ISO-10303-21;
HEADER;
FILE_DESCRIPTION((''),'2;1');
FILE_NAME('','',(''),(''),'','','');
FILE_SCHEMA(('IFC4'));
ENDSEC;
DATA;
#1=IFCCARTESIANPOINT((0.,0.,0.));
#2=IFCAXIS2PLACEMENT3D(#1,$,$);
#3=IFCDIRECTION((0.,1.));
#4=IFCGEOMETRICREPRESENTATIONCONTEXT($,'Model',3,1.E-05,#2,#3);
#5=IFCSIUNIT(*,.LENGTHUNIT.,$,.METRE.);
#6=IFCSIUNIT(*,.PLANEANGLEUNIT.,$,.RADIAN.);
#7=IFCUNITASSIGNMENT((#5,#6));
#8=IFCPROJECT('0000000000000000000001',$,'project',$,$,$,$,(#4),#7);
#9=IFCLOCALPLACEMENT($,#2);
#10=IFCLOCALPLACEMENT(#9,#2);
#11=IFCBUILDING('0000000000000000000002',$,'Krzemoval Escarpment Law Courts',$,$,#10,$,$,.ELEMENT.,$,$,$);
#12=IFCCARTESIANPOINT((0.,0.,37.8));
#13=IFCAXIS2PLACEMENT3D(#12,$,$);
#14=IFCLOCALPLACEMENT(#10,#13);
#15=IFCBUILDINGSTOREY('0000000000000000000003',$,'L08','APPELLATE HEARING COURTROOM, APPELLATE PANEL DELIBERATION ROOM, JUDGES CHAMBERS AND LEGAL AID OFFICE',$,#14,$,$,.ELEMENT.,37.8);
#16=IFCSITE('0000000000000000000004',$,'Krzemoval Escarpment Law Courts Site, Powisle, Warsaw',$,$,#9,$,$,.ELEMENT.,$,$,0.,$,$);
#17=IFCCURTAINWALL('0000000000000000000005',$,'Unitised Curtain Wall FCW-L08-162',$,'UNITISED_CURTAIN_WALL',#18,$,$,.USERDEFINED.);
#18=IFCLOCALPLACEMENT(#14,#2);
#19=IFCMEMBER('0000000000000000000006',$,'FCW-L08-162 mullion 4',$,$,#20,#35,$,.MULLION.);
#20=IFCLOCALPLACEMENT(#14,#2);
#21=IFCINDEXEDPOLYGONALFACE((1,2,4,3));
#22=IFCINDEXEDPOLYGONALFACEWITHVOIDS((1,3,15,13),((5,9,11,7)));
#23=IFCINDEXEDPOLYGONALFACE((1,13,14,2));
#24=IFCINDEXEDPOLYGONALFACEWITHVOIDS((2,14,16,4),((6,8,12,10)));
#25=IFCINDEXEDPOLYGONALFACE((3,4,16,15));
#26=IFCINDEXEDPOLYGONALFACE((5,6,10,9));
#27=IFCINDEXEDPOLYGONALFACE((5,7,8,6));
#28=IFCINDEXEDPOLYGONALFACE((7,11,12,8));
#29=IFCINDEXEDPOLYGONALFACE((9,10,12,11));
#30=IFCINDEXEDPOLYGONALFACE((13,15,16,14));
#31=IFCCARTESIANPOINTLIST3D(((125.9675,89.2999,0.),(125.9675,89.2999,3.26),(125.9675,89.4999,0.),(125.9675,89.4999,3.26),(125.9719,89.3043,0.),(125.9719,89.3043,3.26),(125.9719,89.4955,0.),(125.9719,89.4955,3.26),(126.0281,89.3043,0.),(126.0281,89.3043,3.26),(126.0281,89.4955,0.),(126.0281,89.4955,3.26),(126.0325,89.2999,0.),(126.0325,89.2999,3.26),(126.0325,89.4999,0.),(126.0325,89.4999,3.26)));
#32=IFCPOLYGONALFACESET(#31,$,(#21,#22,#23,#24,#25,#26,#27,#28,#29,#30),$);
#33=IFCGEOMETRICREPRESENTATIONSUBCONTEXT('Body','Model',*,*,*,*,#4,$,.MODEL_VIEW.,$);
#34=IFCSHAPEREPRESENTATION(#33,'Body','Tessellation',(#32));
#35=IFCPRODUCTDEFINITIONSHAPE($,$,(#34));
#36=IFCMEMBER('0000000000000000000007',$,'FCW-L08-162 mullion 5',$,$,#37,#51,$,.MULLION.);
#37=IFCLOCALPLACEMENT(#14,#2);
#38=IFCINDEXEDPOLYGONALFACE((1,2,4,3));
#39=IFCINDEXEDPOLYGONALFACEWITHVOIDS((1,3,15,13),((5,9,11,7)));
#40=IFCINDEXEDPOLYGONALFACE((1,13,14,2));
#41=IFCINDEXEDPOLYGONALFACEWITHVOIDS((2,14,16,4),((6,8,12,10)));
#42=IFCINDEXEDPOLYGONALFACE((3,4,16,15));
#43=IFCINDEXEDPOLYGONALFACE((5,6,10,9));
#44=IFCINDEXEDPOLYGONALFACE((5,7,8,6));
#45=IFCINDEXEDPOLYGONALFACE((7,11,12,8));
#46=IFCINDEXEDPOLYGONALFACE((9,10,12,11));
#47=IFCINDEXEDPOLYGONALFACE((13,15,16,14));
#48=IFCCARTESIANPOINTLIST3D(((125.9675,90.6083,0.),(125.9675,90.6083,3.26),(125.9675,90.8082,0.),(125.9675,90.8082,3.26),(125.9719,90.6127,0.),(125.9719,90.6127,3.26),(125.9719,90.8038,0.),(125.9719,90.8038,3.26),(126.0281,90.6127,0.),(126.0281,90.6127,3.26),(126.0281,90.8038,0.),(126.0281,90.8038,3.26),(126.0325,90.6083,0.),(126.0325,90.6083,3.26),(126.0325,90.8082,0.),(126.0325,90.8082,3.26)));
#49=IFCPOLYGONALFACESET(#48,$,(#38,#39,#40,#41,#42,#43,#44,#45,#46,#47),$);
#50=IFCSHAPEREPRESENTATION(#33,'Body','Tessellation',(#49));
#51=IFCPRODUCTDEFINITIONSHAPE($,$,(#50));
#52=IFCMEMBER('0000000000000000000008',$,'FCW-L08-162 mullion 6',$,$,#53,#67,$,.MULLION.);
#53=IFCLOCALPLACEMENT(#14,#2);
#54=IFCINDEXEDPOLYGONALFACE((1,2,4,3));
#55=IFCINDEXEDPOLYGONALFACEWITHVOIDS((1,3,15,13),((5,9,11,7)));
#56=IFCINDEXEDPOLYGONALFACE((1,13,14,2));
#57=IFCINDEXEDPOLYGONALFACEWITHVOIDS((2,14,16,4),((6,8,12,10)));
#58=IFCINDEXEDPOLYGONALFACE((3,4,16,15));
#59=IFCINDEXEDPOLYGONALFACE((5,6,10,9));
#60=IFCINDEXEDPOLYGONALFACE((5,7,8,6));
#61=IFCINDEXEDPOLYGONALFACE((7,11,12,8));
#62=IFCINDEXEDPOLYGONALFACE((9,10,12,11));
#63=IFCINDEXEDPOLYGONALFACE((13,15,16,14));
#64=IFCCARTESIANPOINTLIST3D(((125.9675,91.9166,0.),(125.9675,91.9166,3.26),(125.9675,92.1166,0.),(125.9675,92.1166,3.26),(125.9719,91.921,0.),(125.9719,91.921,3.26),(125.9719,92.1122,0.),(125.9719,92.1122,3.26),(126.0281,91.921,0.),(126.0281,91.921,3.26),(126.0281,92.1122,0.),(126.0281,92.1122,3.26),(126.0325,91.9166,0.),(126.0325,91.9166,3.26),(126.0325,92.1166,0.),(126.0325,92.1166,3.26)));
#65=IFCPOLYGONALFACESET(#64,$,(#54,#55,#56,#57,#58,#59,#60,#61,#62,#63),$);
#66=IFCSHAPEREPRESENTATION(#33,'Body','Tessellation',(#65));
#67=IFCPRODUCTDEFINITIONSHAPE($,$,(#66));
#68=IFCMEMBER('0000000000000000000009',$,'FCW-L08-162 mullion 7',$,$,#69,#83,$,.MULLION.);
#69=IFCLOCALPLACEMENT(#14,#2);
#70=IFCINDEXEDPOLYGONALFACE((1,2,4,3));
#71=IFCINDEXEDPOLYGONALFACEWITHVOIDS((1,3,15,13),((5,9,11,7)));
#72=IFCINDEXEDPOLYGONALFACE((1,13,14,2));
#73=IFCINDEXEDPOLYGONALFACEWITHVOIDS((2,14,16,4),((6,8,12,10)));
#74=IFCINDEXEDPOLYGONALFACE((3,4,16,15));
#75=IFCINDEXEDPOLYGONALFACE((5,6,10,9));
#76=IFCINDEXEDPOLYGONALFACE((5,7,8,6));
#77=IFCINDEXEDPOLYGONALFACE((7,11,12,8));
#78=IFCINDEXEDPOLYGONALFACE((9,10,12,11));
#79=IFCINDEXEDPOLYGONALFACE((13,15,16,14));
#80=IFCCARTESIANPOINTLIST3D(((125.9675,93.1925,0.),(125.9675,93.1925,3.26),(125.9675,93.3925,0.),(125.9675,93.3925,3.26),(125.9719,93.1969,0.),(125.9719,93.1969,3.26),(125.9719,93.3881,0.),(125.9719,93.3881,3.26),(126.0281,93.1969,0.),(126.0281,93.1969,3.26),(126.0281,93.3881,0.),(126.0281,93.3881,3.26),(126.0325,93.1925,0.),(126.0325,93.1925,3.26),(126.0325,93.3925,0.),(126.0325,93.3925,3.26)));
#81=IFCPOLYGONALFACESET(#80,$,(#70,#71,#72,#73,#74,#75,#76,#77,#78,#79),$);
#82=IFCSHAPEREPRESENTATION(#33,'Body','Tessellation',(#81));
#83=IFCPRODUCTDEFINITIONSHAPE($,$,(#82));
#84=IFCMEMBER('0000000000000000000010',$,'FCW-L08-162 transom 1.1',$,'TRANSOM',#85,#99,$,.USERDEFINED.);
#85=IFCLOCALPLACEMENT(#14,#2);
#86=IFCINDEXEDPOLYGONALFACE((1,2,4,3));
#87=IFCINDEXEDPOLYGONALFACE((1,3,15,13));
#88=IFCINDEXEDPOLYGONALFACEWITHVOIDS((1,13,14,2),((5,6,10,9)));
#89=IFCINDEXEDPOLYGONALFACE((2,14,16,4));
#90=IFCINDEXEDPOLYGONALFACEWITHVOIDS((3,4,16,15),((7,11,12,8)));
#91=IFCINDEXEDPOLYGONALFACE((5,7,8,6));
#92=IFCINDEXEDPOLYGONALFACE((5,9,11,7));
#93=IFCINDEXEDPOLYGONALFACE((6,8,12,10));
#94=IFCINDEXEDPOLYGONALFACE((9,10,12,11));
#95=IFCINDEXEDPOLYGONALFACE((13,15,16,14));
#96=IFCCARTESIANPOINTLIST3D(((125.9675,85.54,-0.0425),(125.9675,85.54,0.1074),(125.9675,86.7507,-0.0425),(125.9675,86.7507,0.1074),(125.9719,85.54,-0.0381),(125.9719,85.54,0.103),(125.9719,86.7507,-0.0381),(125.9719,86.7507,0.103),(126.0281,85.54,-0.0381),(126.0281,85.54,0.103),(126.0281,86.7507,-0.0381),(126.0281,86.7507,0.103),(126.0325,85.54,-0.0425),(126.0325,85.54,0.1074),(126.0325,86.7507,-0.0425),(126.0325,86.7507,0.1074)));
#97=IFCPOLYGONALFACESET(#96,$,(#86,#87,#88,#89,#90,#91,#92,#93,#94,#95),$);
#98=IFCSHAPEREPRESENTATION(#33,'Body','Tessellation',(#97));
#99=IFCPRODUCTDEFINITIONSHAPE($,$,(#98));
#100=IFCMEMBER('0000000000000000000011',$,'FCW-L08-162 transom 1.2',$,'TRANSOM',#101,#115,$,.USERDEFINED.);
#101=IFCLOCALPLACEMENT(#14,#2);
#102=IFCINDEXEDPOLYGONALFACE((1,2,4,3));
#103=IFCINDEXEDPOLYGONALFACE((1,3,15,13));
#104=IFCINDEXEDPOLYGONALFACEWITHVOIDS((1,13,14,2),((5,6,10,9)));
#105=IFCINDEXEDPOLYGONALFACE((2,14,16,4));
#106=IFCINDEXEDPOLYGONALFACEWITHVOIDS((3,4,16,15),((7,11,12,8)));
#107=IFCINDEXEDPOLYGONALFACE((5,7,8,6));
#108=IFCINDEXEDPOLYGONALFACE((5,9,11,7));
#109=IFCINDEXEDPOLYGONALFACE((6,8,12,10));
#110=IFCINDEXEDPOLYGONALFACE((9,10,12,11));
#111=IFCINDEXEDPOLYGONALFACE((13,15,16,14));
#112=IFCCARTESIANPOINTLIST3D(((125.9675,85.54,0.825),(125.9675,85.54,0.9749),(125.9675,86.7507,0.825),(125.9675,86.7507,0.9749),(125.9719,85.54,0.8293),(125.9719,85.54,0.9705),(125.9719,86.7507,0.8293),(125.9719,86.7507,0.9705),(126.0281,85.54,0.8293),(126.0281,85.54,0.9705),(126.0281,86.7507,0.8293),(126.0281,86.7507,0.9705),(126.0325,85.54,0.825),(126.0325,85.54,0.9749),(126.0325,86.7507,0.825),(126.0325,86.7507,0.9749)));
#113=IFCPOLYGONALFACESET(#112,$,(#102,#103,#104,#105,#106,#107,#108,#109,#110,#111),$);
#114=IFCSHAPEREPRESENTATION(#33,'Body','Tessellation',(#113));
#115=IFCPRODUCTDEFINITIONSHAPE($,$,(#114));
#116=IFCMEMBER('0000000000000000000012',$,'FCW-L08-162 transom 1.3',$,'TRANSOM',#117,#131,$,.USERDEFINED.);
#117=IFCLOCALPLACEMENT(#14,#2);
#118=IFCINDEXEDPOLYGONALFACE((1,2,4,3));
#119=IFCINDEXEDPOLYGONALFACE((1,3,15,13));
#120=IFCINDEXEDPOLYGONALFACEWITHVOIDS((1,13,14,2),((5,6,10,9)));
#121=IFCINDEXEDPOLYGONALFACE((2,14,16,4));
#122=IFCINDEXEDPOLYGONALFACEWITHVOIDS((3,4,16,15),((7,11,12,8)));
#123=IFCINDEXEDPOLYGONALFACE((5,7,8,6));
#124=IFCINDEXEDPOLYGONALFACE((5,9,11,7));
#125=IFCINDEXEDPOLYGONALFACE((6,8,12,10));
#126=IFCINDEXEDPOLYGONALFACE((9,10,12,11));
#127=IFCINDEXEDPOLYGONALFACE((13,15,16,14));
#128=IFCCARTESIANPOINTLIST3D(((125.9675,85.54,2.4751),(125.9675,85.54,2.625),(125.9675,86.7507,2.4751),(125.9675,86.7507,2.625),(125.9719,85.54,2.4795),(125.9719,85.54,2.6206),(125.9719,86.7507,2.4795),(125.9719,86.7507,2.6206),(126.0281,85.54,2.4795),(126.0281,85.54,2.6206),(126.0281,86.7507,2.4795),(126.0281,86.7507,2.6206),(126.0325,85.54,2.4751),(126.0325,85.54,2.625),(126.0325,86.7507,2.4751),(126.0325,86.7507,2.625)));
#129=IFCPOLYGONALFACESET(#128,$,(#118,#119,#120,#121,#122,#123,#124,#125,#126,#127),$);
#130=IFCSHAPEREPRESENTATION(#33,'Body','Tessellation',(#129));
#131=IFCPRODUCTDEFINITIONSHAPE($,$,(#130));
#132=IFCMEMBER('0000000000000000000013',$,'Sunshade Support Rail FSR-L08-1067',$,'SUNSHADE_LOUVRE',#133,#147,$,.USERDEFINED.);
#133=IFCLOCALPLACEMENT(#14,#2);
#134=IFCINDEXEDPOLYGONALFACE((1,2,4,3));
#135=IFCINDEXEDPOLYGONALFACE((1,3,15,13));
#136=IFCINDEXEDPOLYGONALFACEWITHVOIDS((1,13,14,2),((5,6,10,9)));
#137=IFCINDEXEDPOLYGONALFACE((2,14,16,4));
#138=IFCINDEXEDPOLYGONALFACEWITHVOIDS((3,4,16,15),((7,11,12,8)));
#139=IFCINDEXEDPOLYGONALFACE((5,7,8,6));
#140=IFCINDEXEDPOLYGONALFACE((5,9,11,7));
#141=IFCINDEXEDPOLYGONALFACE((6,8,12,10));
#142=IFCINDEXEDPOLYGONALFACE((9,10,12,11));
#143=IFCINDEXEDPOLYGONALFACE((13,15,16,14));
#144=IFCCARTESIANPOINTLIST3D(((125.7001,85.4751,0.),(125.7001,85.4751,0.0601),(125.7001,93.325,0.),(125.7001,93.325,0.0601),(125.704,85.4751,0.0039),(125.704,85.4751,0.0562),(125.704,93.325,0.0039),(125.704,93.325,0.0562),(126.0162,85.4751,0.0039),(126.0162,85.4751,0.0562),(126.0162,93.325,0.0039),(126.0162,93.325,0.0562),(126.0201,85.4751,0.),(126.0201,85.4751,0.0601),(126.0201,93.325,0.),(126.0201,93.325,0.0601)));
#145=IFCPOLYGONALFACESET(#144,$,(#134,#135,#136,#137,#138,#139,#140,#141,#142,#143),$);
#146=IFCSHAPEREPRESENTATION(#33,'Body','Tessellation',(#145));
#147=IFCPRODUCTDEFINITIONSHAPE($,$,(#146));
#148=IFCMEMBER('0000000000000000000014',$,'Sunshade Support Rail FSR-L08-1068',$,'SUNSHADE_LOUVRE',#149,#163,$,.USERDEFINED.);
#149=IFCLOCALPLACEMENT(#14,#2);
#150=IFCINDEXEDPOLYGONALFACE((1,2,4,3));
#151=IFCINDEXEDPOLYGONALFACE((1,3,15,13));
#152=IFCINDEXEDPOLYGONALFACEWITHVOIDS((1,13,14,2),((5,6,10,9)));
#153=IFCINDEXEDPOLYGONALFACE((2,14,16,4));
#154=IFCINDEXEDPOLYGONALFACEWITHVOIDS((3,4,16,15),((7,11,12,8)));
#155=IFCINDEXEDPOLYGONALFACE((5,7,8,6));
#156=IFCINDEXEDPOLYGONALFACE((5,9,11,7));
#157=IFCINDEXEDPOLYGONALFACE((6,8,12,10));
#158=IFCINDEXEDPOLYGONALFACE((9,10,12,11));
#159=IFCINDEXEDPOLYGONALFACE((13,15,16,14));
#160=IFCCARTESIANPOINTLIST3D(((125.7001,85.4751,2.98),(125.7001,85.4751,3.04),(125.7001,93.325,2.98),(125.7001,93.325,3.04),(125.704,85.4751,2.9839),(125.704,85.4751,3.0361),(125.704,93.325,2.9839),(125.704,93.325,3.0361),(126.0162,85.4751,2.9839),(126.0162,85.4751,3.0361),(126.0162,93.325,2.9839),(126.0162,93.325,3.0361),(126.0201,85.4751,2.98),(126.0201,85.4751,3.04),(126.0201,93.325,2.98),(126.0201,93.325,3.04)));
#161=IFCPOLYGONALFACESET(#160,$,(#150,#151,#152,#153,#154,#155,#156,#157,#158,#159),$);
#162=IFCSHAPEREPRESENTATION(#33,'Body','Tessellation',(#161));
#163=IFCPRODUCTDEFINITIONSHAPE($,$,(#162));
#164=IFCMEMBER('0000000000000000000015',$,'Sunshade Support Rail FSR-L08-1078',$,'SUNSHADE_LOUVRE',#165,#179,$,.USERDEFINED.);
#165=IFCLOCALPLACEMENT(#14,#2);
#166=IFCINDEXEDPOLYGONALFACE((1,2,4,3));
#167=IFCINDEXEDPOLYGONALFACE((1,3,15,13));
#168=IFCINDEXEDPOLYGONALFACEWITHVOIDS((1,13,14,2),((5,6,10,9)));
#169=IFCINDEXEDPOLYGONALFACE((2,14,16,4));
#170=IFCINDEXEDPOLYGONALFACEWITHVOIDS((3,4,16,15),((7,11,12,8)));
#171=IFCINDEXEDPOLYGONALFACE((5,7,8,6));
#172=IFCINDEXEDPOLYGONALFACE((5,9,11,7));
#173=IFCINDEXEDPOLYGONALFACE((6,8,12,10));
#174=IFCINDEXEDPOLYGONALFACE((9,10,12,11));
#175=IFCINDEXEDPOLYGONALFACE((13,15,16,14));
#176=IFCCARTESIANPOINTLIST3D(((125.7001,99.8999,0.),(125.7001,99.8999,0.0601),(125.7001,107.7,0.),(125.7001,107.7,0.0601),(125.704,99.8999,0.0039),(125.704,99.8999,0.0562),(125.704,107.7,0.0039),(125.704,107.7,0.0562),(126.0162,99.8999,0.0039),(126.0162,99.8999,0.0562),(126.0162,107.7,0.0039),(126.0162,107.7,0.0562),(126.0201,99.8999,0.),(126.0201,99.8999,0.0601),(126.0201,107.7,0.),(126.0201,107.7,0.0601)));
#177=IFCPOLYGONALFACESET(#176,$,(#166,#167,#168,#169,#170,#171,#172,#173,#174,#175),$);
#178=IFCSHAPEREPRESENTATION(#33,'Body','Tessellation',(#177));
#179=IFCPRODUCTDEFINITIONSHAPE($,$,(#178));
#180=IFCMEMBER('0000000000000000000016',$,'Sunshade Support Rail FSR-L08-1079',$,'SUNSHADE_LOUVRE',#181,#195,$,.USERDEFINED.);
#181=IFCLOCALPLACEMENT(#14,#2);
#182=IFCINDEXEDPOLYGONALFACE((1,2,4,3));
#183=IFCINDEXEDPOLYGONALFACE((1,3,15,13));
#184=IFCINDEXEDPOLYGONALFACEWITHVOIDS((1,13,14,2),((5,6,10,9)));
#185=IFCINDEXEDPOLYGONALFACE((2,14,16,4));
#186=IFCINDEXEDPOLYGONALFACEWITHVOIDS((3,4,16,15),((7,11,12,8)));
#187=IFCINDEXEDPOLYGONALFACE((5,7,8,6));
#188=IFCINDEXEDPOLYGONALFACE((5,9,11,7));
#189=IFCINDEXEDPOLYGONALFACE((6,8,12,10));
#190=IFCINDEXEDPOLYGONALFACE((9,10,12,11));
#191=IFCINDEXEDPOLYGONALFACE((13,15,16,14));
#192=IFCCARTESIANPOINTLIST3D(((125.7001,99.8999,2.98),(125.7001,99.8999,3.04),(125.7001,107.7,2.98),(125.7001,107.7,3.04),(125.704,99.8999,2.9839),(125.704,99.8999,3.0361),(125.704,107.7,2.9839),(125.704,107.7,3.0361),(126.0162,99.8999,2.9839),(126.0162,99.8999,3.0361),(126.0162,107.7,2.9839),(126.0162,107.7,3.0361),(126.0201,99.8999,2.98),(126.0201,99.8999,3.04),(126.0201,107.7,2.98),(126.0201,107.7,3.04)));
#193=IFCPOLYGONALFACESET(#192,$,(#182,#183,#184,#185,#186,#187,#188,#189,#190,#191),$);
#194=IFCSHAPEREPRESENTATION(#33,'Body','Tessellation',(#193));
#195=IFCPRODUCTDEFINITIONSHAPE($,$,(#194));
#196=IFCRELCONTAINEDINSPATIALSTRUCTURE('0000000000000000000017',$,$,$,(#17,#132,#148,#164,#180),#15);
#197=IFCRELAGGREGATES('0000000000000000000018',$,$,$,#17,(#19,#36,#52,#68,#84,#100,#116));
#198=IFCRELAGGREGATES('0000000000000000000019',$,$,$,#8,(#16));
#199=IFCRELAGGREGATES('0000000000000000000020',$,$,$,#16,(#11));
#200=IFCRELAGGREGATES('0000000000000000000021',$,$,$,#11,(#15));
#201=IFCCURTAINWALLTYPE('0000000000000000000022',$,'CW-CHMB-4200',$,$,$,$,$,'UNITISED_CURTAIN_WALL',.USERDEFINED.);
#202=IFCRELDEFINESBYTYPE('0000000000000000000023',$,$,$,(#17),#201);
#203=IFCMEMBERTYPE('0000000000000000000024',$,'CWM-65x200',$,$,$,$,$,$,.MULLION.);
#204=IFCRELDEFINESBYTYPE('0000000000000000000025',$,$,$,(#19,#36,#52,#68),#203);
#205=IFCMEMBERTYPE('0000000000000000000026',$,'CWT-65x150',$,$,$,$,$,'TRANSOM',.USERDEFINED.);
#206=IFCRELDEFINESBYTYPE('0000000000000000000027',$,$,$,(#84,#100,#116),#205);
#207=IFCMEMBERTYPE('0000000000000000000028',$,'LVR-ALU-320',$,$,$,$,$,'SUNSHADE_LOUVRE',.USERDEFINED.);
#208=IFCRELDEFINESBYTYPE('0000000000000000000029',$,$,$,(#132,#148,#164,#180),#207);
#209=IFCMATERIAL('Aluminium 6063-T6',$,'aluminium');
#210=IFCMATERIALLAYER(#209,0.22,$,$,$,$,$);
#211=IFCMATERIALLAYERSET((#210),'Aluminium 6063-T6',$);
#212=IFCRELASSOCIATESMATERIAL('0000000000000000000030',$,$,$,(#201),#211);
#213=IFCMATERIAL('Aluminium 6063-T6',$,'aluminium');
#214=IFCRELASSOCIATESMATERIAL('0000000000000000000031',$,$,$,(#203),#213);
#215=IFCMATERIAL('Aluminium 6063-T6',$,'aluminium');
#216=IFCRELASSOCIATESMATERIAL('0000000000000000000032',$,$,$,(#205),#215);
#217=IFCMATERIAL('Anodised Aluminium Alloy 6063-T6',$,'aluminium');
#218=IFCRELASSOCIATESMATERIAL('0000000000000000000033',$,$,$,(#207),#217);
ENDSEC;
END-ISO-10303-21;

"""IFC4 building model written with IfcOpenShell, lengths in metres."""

from ifc_helpers import new_model, si_unit, direction, frame, origin, origin_2d, place, context, subcontext, project, spatial, hollow_rectangle, extrude, material, layer, layer_set, material_profile, profile_set, type_object, element, aggregate, save


model = new_model("IFC4")

# Units and contexts
model_context = context("Model", 3, precision=1e-05, world=origin(), true_north=direction((0.0, 1.0)))
body_context = subcontext(model_context, "Body", "Model", "MODEL_VIEW")
ifc_project = project(units=[si_unit("LENGTHUNIT", "METRE"), si_unit("PLANEANGLEUNIT", "RADIAN")], contexts=[model_context])

# Site, building, storey
site_placement = place(None, origin())
site = spatial("IfcSite", under=ifc_project, at=site_placement, Name="Krzemoval Escarpment Law Courts Site, Powisle, Warsaw", CompositionType="ELEMENT", RefElevation=0.0)
building_placement = place(site_placement, origin())
building = spatial("IfcBuilding", under=site, at=building_placement, Name="Krzemoval Escarpment Law Courts", CompositionType="ELEMENT")
storey_placement = place(building_placement, frame((0.0, 0.0, 37.8)))
storey = spatial("IfcBuildingStorey", under=building, at=storey_placement, Name="L08", Description="APPELLATE HEARING COURTROOM, APPELLATE PANEL DELIBERATION ROOM, JUDGES CHAMBERS AND LEGAL AID OFFICE", CompositionType="ELEMENT", Elevation=37.8)

# Curtain wall, members
ifc_material_1 = material(Name="Aluminium 6063-T6", Category="aluminium")
ifc_layer_1 = layer(ifc_material_1, 0.22)
ifc_layer_set_1 = layer_set([ifc_layer_1], Name="Aluminium 6063-T6")
curtain_wall_type = type_object("IfcCurtainWallType", Name="CW-CHMB-4200", ElementType="UNITISED_CURTAIN_WALL", PredefinedType="USERDEFINED", material=ifc_layer_set_1)
curtain_wall_placement = place(storey_placement, origin())
curtain_wall = element("IfcCurtainWall", 1, at=curtain_wall_placement, inside=storey, type_object=curtain_wall_type, Name="Unitised Curtain Wall FCW-L08-162", ObjectType="UNITISED_CURTAIN_WALL", PredefinedType="USERDEFINED")
ifc_material_2 = material(Name="Aluminium 6063-T6", Category="aluminium")
ifc_material_profile_1 = material_profile(ifc_material_2, hollow_rectangle(XDim=0.0649, YDim=0.2, WallThickness=0.0044, at=origin_2d()), Name="ALU M65x200")
ifc_profile_set_1 = profile_set([ifc_material_profile_1], Name="Aluminium 6063-T6")
member_type_1 = type_object("IfcMemberType", Name="CWM-65x200", PredefinedType="MULLION", material=ifc_profile_set_1)
member_1_placement = place(storey_placement, frame((126.0, 89.3999, 0.0), z_axis=(0.0, 0.0, 1.0), x_axis=(-1.0, 0.0, 0.0)))
member_1 = element("IfcMember", 2, at=member_1_placement, type_object=member_type_1, Name="FCW-L08-162 mullion 4", PredefinedType="MULLION", context=body_context, shape_type="SweptSolid", body=[
    extrude(hollow_rectangle(XDim=0.0649, YDim=0.2, WallThickness=0.0044, at=origin_2d()), origin(), (0.0, 0.0, 1.0), 3.26),
])
member_2_placement = place(storey_placement, frame((126.0, 90.7083, 0.0), z_axis=(0.0, 0.0, 1.0), x_axis=(-1.0, 0.0, 0.0)))
member_2 = element("IfcMember", 3, at=member_2_placement, type_object=member_type_1, Name="FCW-L08-162 mullion 5", PredefinedType="MULLION", context=body_context, shape_type="SweptSolid", body=[
    extrude(hollow_rectangle(XDim=0.0649, YDim=0.2, WallThickness=0.0044, at=origin_2d()), origin(), (0.0, 0.0, 1.0), 3.26),
])
member_3_placement = place(storey_placement, frame((126.0, 92.0166, 0.0), z_axis=(0.0, 0.0, 1.0), x_axis=(-1.0, 0.0, 0.0)))
member_3 = element("IfcMember", 4, at=member_3_placement, type_object=member_type_1, Name="FCW-L08-162 mullion 6", PredefinedType="MULLION", context=body_context, shape_type="SweptSolid", body=[
    extrude(hollow_rectangle(XDim=0.0649, YDim=0.2, WallThickness=0.0044, at=origin_2d()), origin(), (0.0, 0.0, 1.0), 3.26),
])
member_4_placement = place(storey_placement, frame((126.0, 93.2925, 0.0), z_axis=(0.0, 0.0, 1.0), x_axis=(-1.0, 0.0, 0.0)))
member_4 = element("IfcMember", 5, at=member_4_placement, type_object=member_type_1, Name="FCW-L08-162 mullion 7", PredefinedType="MULLION", context=body_context, shape_type="SweptSolid", body=[
    extrude(hollow_rectangle(XDim=0.0649, YDim=0.2, WallThickness=0.0044, at=origin_2d()), origin(), (0.0, 0.0, 1.0), 3.26),
])
ifc_material_3 = material(Name="Aluminium 6063-T6", Category="aluminium")
ifc_material_profile_2 = material_profile(ifc_material_3, hollow_rectangle(XDim=0.0649, YDim=0.1499, WallThickness=0.0044, at=origin_2d()), Name="ALU T65x150")
ifc_profile_set_2 = profile_set([ifc_material_profile_2], Name="Aluminium 6063-T6")
member_type_2 = type_object("IfcMemberType", Name="CWT-65x150", ElementType="TRANSOM", PredefinedType="USERDEFINED", material=ifc_profile_set_2)
member_5_placement = place(storey_placement, frame((126.0, 85.54, 0.0325), z_axis=(0.0, 1.0, 0.0), x_axis=(-1.0, 0.0, 0.0)))
member_5 = element("IfcMember", 6, at=member_5_placement, type_object=member_type_2, Name="FCW-L08-162 transom 1.1", ObjectType="TRANSOM", PredefinedType="USERDEFINED", context=body_context, shape_type="SweptSolid", body=[
    extrude(hollow_rectangle(XDim=0.0649, YDim=0.1499, WallThickness=0.0044, at=origin_2d()), origin(), (0.0, 0.0, 1.0), 1.2107),
])
member_6_placement = place(storey_placement, frame((126.0, 85.54, 0.8999), z_axis=(0.0, 1.0, 0.0), x_axis=(-1.0, 0.0, 0.0)))
member_6 = element("IfcMember", 7, at=member_6_placement, type_object=member_type_2, Name="FCW-L08-162 transom 1.2", ObjectType="TRANSOM", PredefinedType="USERDEFINED", context=body_context, shape_type="SweptSolid", body=[
    extrude(hollow_rectangle(XDim=0.0649, YDim=0.1499, WallThickness=0.0044, at=origin_2d()), origin(), (0.0, 0.0, 1.0), 1.2107),
])
member_7_placement = place(storey_placement, frame((126.0, 85.54, 2.55), z_axis=(0.0, 1.0, 0.0), x_axis=(-1.0, 0.0, 0.0)))
member_7 = element("IfcMember", 8, at=member_7_placement, type_object=member_type_2, Name="FCW-L08-162 transom 1.3", ObjectType="TRANSOM", PredefinedType="USERDEFINED", context=body_context, shape_type="SweptSolid", body=[
    extrude(hollow_rectangle(XDim=0.0649, YDim=0.1499, WallThickness=0.0044, at=origin_2d()), origin(), (0.0, 0.0, 1.0), 1.2107),
])
aggregate(curtain_wall, [member_1, member_2, member_3, member_4, member_5, member_6, member_7])

# Members
ifc_material_4 = material(Name="Anodised Aluminium Alloy 6063-T6", Category="aluminium")
ifc_material_profile_3 = material_profile(ifc_material_4, hollow_rectangle(XDim=0.0601, YDim=0.3201, WallThickness=0.0039, at=origin_2d()), Name="ALU LVR 60x320")
ifc_profile_set_3 = profile_set([ifc_material_profile_3], Name="Anodised Aluminium Alloy 6063-T6")
member_type_3 = type_object("IfcMemberType", Name="LVR-ALU-320", ElementType="SUNSHADE_LOUVRE", PredefinedType="USERDEFINED", material=ifc_profile_set_3)
for number, where, z_axis, x_axis, name in (
    (9, (125.8601, 85.4751, 0.03), (0.0, 1.0, 0.0), (0.0, 0.0, 1.0), "Sunshade Support Rail FSR-L08-1067"),
    (10, (125.8601, 85.4751, 3.01), (0.0, 1.0, 0.0), (0.0, 0.0, 1.0), "Sunshade Support Rail FSR-L08-1068"),
):
    element("IfcMember", number, at=place(storey_placement, frame(where, z_axis=z_axis, x_axis=x_axis)), inside=storey, type_object=member_type_3, Name=name, ObjectType="SUNSHADE_LOUVRE", PredefinedType="USERDEFINED", context=body_context, shape_type="SweptSolid", body=[
        extrude(hollow_rectangle(XDim=0.0601, YDim=0.3201, WallThickness=0.0039, at=origin_2d()), origin(), (0.0, 0.0, 1.0), 7.8499),
    ])
for number, where, z_axis, x_axis, name in (
    (11, (125.8601, 99.8999, 0.03), (0.0, 1.0, 0.0), (0.0, 0.0, 1.0), "Sunshade Support Rail FSR-L08-1078"),
    (12, (125.8601, 99.8999, 3.01), (0.0, 1.0, 0.0), (0.0, 0.0, 1.0), "Sunshade Support Rail FSR-L08-1079"),
):
    element("IfcMember", number, at=place(storey_placement, frame(where, z_axis=z_axis, x_axis=x_axis)), inside=storey, type_object=member_type_3, Name=name, ObjectType="SUNSHADE_LOUVRE", PredefinedType="USERDEFINED", context=body_context, shape_type="SweptSolid", body=[
        extrude(hollow_rectangle(XDim=0.0601, YDim=0.3201, WallThickness=0.0039, at=origin_2d()), origin(), (0.0, 0.0, 1.0), 7.8),
    ])

save(model, "model.ifc")
